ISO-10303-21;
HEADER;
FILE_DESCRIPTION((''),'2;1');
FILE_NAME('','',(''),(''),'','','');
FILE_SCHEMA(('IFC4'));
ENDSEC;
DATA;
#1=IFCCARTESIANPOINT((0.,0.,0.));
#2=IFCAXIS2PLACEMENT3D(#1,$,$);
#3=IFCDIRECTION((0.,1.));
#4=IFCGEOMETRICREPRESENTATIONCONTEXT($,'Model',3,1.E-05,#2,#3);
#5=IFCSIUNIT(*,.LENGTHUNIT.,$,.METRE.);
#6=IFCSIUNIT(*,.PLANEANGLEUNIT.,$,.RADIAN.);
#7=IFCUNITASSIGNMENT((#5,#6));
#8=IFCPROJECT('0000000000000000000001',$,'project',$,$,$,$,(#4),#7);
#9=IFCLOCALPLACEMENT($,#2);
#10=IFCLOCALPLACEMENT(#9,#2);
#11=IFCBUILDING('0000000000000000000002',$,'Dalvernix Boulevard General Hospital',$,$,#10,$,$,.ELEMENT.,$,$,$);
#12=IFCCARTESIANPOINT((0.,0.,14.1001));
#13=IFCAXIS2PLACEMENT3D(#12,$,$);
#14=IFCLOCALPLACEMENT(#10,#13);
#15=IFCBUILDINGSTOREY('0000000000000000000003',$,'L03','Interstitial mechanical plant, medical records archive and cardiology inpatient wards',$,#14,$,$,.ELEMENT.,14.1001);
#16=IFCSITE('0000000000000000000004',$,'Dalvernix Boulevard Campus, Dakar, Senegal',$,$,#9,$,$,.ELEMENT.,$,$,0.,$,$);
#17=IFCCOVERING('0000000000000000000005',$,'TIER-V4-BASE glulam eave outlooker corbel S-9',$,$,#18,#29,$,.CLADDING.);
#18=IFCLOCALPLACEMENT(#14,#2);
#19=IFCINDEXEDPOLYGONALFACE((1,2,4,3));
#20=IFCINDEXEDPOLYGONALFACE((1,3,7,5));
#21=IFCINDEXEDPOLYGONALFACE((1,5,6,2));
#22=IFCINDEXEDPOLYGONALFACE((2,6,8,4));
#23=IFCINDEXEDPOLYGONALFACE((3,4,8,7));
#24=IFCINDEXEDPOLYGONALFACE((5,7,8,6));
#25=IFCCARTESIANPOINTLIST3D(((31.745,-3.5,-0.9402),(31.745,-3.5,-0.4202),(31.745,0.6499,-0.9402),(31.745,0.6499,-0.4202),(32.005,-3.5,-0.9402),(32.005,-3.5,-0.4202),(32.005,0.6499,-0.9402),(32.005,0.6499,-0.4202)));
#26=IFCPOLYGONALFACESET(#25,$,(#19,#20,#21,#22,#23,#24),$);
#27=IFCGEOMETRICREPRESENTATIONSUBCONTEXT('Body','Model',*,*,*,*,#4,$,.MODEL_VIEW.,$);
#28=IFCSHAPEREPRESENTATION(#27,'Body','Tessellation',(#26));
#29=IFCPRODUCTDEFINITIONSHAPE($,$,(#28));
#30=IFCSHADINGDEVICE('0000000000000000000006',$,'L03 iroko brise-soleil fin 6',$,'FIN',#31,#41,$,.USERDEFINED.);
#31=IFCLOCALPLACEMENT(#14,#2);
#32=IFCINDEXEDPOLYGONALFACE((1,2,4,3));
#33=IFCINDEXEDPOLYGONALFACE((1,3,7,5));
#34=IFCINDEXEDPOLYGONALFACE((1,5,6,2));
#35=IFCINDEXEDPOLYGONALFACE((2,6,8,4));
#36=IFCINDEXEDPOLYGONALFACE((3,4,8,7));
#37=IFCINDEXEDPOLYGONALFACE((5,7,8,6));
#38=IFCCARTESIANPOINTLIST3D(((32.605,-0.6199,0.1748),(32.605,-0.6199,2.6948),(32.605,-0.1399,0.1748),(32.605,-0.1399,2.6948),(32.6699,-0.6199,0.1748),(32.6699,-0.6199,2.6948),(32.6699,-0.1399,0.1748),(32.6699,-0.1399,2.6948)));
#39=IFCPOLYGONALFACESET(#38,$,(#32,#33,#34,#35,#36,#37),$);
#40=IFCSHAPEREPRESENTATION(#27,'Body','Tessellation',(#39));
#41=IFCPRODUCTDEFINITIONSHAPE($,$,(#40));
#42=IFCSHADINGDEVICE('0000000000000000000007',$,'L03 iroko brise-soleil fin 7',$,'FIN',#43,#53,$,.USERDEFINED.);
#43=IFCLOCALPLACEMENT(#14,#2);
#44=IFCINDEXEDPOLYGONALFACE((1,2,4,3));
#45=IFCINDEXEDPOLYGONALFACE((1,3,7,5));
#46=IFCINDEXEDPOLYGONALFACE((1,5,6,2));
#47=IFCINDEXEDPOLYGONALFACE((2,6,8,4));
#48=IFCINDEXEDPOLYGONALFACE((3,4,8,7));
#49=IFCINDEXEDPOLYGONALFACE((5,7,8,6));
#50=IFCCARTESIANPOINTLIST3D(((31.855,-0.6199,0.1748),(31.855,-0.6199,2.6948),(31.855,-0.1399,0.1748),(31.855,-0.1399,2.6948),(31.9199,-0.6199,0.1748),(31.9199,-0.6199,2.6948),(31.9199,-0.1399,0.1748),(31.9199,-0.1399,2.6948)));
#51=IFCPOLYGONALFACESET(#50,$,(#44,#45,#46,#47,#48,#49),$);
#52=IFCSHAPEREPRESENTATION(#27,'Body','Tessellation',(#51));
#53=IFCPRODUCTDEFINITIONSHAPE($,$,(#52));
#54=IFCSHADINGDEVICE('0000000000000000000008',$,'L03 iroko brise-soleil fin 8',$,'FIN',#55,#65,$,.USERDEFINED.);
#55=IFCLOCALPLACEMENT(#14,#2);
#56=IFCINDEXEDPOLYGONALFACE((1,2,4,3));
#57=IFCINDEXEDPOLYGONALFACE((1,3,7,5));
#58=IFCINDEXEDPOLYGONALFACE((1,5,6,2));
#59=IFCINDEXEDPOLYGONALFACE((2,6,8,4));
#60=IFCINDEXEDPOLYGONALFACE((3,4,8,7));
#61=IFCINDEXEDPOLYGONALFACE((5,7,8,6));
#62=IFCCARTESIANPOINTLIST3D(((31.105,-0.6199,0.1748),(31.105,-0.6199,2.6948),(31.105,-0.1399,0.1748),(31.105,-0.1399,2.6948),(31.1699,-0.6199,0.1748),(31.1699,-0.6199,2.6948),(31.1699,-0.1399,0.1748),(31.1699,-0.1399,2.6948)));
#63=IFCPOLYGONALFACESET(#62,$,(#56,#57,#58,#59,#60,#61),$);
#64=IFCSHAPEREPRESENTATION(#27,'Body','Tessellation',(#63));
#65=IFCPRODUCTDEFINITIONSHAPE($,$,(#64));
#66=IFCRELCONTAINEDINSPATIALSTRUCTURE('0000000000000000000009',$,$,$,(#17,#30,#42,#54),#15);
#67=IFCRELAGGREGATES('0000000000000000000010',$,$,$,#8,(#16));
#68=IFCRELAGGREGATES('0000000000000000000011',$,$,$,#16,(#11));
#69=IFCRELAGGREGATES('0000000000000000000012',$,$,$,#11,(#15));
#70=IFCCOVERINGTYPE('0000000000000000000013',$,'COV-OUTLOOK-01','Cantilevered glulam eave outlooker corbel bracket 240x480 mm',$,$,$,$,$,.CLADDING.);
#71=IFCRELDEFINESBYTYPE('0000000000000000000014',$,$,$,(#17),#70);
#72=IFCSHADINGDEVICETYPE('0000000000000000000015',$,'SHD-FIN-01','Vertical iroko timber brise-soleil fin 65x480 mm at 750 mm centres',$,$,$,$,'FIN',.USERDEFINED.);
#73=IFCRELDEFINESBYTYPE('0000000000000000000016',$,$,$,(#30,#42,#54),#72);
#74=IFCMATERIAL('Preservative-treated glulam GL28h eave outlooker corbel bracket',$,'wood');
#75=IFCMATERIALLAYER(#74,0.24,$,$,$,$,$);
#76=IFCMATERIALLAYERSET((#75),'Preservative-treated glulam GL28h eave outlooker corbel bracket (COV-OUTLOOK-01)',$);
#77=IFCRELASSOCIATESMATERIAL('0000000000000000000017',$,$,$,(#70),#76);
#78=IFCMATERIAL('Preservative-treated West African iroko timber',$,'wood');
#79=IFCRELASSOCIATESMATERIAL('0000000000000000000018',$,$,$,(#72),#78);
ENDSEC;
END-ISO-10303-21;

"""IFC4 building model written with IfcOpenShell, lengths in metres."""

from ifc_helpers import new_model, si_unit, direction, frame, origin, origin_2d, place, context, subcontext, project, spatial, rectangle, extrude, material, layer, layer_set, type_object, element, save


model = new_model("IFC4")

# Units and contexts
model_context = context("Model", 3, precision=1e-05, world=origin(), true_north=direction((0.0, 1.0)))
body_context = subcontext(model_context, "Body", "Model", "MODEL_VIEW")
ifc_project = project(units=[si_unit("LENGTHUNIT", "METRE"), si_unit("PLANEANGLEUNIT", "RADIAN")], contexts=[model_context])

# Site, building, storey
site_placement = place(None, origin())
site = spatial("IfcSite", under=ifc_project, at=site_placement, Name="Dalvernix Boulevard Campus, Dakar, Senegal", CompositionType="ELEMENT", RefElevation=0.0)
building_placement = place(site_placement, origin())
building = spatial("IfcBuilding", under=site, at=building_placement, Name="Dalvernix Boulevard General Hospital", CompositionType="ELEMENT")
storey_placement = place(building_placement, frame((0.0, 0.0, 14.1001)))
storey = spatial("IfcBuildingStorey", under=building, at=storey_placement, Name="L03", Description="Interstitial mechanical plant, medical records archive and cardiology inpatient wards", CompositionType="ELEMENT", Elevation=14.1001)

# Covering
ifc_material_1 = material(Name="Preservative-treated glulam GL28h eave outlooker corbel bracket", Category="wood")
ifc_layer_1 = layer(ifc_material_1, 0.24)
ifc_layer_set_1 = layer_set([ifc_layer_1], Name="Preservative-treated glulam GL28h eave outlooker corbel bracket (COV-OUTLOOK-01)")
covering_type_1 = type_object("IfcCoveringType", Name="COV-OUTLOOK-01", Description="Cantilevered glulam eave outlooker corbel bracket 240x480 mm", PredefinedType="CLADDING", material=ifc_layer_set_1)
for number, where, z_axis, x_axis, name in (
    (1, (31.875, -1.425, -0.9402), (0.0, 0.0, 1.0), (1.0, 0.0, 0.0), "TIER-V4-BASE glulam eave outlooker corbel S-9"),
):
    element("IfcCovering", number, at=place(storey_placement, frame(where, z_axis=z_axis, x_axis=x_axis)), inside=storey, type_object=covering_type_1, Name=name, PredefinedType="CLADDING", context=body_context, shape_type="SweptSolid", body=[
        extrude(rectangle(XDim=0.26, YDim=4.1499, at=origin_2d()), origin(), (0.0, 0.0, 1.0), 0.52),
    ])

# Shading devices
ifc_material_2 = material(Name="Preservative-treated West African iroko timber", Category="wood")
shading_device_type = type_object("IfcShadingDeviceType", Name="SHD-FIN-01", Description="Vertical iroko timber brise-soleil fin 65x480 mm at 750 mm centres", ElementType="FIN", PredefinedType="USERDEFINED", material=ifc_material_2)
for number, where, z_axis, x_axis, name in (
    (2, (32.6375, -0.3799, 0.1748), (0.0, 0.0, 1.0), (-1.0, 0.0, 0.0), "L03 iroko brise-soleil fin 6"),
    (3, (31.8875, -0.3799, 0.1748), (0.0, 0.0, 1.0), (-1.0, 0.0, 0.0), "L03 iroko brise-soleil fin 7"),
    (4, (31.1375, -0.3799, 0.1748), (0.0, 0.0, 1.0), (-1.0, 0.0, 0.0), "L03 iroko brise-soleil fin 8"),
):
    element("IfcShadingDevice", number, at=place(storey_placement, frame(where, z_axis=z_axis, x_axis=x_axis)), inside=storey, type_object=shading_device_type, Name=name, ObjectType="FIN", PredefinedType="USERDEFINED", context=body_context, shape_type="SweptSolid", body=[
        extrude(rectangle(XDim=0.0649, YDim=0.48, at=origin_2d()), origin(), (0.0, 0.0, 1.0), 2.52),
    ])

save(model, "model.ifc")
